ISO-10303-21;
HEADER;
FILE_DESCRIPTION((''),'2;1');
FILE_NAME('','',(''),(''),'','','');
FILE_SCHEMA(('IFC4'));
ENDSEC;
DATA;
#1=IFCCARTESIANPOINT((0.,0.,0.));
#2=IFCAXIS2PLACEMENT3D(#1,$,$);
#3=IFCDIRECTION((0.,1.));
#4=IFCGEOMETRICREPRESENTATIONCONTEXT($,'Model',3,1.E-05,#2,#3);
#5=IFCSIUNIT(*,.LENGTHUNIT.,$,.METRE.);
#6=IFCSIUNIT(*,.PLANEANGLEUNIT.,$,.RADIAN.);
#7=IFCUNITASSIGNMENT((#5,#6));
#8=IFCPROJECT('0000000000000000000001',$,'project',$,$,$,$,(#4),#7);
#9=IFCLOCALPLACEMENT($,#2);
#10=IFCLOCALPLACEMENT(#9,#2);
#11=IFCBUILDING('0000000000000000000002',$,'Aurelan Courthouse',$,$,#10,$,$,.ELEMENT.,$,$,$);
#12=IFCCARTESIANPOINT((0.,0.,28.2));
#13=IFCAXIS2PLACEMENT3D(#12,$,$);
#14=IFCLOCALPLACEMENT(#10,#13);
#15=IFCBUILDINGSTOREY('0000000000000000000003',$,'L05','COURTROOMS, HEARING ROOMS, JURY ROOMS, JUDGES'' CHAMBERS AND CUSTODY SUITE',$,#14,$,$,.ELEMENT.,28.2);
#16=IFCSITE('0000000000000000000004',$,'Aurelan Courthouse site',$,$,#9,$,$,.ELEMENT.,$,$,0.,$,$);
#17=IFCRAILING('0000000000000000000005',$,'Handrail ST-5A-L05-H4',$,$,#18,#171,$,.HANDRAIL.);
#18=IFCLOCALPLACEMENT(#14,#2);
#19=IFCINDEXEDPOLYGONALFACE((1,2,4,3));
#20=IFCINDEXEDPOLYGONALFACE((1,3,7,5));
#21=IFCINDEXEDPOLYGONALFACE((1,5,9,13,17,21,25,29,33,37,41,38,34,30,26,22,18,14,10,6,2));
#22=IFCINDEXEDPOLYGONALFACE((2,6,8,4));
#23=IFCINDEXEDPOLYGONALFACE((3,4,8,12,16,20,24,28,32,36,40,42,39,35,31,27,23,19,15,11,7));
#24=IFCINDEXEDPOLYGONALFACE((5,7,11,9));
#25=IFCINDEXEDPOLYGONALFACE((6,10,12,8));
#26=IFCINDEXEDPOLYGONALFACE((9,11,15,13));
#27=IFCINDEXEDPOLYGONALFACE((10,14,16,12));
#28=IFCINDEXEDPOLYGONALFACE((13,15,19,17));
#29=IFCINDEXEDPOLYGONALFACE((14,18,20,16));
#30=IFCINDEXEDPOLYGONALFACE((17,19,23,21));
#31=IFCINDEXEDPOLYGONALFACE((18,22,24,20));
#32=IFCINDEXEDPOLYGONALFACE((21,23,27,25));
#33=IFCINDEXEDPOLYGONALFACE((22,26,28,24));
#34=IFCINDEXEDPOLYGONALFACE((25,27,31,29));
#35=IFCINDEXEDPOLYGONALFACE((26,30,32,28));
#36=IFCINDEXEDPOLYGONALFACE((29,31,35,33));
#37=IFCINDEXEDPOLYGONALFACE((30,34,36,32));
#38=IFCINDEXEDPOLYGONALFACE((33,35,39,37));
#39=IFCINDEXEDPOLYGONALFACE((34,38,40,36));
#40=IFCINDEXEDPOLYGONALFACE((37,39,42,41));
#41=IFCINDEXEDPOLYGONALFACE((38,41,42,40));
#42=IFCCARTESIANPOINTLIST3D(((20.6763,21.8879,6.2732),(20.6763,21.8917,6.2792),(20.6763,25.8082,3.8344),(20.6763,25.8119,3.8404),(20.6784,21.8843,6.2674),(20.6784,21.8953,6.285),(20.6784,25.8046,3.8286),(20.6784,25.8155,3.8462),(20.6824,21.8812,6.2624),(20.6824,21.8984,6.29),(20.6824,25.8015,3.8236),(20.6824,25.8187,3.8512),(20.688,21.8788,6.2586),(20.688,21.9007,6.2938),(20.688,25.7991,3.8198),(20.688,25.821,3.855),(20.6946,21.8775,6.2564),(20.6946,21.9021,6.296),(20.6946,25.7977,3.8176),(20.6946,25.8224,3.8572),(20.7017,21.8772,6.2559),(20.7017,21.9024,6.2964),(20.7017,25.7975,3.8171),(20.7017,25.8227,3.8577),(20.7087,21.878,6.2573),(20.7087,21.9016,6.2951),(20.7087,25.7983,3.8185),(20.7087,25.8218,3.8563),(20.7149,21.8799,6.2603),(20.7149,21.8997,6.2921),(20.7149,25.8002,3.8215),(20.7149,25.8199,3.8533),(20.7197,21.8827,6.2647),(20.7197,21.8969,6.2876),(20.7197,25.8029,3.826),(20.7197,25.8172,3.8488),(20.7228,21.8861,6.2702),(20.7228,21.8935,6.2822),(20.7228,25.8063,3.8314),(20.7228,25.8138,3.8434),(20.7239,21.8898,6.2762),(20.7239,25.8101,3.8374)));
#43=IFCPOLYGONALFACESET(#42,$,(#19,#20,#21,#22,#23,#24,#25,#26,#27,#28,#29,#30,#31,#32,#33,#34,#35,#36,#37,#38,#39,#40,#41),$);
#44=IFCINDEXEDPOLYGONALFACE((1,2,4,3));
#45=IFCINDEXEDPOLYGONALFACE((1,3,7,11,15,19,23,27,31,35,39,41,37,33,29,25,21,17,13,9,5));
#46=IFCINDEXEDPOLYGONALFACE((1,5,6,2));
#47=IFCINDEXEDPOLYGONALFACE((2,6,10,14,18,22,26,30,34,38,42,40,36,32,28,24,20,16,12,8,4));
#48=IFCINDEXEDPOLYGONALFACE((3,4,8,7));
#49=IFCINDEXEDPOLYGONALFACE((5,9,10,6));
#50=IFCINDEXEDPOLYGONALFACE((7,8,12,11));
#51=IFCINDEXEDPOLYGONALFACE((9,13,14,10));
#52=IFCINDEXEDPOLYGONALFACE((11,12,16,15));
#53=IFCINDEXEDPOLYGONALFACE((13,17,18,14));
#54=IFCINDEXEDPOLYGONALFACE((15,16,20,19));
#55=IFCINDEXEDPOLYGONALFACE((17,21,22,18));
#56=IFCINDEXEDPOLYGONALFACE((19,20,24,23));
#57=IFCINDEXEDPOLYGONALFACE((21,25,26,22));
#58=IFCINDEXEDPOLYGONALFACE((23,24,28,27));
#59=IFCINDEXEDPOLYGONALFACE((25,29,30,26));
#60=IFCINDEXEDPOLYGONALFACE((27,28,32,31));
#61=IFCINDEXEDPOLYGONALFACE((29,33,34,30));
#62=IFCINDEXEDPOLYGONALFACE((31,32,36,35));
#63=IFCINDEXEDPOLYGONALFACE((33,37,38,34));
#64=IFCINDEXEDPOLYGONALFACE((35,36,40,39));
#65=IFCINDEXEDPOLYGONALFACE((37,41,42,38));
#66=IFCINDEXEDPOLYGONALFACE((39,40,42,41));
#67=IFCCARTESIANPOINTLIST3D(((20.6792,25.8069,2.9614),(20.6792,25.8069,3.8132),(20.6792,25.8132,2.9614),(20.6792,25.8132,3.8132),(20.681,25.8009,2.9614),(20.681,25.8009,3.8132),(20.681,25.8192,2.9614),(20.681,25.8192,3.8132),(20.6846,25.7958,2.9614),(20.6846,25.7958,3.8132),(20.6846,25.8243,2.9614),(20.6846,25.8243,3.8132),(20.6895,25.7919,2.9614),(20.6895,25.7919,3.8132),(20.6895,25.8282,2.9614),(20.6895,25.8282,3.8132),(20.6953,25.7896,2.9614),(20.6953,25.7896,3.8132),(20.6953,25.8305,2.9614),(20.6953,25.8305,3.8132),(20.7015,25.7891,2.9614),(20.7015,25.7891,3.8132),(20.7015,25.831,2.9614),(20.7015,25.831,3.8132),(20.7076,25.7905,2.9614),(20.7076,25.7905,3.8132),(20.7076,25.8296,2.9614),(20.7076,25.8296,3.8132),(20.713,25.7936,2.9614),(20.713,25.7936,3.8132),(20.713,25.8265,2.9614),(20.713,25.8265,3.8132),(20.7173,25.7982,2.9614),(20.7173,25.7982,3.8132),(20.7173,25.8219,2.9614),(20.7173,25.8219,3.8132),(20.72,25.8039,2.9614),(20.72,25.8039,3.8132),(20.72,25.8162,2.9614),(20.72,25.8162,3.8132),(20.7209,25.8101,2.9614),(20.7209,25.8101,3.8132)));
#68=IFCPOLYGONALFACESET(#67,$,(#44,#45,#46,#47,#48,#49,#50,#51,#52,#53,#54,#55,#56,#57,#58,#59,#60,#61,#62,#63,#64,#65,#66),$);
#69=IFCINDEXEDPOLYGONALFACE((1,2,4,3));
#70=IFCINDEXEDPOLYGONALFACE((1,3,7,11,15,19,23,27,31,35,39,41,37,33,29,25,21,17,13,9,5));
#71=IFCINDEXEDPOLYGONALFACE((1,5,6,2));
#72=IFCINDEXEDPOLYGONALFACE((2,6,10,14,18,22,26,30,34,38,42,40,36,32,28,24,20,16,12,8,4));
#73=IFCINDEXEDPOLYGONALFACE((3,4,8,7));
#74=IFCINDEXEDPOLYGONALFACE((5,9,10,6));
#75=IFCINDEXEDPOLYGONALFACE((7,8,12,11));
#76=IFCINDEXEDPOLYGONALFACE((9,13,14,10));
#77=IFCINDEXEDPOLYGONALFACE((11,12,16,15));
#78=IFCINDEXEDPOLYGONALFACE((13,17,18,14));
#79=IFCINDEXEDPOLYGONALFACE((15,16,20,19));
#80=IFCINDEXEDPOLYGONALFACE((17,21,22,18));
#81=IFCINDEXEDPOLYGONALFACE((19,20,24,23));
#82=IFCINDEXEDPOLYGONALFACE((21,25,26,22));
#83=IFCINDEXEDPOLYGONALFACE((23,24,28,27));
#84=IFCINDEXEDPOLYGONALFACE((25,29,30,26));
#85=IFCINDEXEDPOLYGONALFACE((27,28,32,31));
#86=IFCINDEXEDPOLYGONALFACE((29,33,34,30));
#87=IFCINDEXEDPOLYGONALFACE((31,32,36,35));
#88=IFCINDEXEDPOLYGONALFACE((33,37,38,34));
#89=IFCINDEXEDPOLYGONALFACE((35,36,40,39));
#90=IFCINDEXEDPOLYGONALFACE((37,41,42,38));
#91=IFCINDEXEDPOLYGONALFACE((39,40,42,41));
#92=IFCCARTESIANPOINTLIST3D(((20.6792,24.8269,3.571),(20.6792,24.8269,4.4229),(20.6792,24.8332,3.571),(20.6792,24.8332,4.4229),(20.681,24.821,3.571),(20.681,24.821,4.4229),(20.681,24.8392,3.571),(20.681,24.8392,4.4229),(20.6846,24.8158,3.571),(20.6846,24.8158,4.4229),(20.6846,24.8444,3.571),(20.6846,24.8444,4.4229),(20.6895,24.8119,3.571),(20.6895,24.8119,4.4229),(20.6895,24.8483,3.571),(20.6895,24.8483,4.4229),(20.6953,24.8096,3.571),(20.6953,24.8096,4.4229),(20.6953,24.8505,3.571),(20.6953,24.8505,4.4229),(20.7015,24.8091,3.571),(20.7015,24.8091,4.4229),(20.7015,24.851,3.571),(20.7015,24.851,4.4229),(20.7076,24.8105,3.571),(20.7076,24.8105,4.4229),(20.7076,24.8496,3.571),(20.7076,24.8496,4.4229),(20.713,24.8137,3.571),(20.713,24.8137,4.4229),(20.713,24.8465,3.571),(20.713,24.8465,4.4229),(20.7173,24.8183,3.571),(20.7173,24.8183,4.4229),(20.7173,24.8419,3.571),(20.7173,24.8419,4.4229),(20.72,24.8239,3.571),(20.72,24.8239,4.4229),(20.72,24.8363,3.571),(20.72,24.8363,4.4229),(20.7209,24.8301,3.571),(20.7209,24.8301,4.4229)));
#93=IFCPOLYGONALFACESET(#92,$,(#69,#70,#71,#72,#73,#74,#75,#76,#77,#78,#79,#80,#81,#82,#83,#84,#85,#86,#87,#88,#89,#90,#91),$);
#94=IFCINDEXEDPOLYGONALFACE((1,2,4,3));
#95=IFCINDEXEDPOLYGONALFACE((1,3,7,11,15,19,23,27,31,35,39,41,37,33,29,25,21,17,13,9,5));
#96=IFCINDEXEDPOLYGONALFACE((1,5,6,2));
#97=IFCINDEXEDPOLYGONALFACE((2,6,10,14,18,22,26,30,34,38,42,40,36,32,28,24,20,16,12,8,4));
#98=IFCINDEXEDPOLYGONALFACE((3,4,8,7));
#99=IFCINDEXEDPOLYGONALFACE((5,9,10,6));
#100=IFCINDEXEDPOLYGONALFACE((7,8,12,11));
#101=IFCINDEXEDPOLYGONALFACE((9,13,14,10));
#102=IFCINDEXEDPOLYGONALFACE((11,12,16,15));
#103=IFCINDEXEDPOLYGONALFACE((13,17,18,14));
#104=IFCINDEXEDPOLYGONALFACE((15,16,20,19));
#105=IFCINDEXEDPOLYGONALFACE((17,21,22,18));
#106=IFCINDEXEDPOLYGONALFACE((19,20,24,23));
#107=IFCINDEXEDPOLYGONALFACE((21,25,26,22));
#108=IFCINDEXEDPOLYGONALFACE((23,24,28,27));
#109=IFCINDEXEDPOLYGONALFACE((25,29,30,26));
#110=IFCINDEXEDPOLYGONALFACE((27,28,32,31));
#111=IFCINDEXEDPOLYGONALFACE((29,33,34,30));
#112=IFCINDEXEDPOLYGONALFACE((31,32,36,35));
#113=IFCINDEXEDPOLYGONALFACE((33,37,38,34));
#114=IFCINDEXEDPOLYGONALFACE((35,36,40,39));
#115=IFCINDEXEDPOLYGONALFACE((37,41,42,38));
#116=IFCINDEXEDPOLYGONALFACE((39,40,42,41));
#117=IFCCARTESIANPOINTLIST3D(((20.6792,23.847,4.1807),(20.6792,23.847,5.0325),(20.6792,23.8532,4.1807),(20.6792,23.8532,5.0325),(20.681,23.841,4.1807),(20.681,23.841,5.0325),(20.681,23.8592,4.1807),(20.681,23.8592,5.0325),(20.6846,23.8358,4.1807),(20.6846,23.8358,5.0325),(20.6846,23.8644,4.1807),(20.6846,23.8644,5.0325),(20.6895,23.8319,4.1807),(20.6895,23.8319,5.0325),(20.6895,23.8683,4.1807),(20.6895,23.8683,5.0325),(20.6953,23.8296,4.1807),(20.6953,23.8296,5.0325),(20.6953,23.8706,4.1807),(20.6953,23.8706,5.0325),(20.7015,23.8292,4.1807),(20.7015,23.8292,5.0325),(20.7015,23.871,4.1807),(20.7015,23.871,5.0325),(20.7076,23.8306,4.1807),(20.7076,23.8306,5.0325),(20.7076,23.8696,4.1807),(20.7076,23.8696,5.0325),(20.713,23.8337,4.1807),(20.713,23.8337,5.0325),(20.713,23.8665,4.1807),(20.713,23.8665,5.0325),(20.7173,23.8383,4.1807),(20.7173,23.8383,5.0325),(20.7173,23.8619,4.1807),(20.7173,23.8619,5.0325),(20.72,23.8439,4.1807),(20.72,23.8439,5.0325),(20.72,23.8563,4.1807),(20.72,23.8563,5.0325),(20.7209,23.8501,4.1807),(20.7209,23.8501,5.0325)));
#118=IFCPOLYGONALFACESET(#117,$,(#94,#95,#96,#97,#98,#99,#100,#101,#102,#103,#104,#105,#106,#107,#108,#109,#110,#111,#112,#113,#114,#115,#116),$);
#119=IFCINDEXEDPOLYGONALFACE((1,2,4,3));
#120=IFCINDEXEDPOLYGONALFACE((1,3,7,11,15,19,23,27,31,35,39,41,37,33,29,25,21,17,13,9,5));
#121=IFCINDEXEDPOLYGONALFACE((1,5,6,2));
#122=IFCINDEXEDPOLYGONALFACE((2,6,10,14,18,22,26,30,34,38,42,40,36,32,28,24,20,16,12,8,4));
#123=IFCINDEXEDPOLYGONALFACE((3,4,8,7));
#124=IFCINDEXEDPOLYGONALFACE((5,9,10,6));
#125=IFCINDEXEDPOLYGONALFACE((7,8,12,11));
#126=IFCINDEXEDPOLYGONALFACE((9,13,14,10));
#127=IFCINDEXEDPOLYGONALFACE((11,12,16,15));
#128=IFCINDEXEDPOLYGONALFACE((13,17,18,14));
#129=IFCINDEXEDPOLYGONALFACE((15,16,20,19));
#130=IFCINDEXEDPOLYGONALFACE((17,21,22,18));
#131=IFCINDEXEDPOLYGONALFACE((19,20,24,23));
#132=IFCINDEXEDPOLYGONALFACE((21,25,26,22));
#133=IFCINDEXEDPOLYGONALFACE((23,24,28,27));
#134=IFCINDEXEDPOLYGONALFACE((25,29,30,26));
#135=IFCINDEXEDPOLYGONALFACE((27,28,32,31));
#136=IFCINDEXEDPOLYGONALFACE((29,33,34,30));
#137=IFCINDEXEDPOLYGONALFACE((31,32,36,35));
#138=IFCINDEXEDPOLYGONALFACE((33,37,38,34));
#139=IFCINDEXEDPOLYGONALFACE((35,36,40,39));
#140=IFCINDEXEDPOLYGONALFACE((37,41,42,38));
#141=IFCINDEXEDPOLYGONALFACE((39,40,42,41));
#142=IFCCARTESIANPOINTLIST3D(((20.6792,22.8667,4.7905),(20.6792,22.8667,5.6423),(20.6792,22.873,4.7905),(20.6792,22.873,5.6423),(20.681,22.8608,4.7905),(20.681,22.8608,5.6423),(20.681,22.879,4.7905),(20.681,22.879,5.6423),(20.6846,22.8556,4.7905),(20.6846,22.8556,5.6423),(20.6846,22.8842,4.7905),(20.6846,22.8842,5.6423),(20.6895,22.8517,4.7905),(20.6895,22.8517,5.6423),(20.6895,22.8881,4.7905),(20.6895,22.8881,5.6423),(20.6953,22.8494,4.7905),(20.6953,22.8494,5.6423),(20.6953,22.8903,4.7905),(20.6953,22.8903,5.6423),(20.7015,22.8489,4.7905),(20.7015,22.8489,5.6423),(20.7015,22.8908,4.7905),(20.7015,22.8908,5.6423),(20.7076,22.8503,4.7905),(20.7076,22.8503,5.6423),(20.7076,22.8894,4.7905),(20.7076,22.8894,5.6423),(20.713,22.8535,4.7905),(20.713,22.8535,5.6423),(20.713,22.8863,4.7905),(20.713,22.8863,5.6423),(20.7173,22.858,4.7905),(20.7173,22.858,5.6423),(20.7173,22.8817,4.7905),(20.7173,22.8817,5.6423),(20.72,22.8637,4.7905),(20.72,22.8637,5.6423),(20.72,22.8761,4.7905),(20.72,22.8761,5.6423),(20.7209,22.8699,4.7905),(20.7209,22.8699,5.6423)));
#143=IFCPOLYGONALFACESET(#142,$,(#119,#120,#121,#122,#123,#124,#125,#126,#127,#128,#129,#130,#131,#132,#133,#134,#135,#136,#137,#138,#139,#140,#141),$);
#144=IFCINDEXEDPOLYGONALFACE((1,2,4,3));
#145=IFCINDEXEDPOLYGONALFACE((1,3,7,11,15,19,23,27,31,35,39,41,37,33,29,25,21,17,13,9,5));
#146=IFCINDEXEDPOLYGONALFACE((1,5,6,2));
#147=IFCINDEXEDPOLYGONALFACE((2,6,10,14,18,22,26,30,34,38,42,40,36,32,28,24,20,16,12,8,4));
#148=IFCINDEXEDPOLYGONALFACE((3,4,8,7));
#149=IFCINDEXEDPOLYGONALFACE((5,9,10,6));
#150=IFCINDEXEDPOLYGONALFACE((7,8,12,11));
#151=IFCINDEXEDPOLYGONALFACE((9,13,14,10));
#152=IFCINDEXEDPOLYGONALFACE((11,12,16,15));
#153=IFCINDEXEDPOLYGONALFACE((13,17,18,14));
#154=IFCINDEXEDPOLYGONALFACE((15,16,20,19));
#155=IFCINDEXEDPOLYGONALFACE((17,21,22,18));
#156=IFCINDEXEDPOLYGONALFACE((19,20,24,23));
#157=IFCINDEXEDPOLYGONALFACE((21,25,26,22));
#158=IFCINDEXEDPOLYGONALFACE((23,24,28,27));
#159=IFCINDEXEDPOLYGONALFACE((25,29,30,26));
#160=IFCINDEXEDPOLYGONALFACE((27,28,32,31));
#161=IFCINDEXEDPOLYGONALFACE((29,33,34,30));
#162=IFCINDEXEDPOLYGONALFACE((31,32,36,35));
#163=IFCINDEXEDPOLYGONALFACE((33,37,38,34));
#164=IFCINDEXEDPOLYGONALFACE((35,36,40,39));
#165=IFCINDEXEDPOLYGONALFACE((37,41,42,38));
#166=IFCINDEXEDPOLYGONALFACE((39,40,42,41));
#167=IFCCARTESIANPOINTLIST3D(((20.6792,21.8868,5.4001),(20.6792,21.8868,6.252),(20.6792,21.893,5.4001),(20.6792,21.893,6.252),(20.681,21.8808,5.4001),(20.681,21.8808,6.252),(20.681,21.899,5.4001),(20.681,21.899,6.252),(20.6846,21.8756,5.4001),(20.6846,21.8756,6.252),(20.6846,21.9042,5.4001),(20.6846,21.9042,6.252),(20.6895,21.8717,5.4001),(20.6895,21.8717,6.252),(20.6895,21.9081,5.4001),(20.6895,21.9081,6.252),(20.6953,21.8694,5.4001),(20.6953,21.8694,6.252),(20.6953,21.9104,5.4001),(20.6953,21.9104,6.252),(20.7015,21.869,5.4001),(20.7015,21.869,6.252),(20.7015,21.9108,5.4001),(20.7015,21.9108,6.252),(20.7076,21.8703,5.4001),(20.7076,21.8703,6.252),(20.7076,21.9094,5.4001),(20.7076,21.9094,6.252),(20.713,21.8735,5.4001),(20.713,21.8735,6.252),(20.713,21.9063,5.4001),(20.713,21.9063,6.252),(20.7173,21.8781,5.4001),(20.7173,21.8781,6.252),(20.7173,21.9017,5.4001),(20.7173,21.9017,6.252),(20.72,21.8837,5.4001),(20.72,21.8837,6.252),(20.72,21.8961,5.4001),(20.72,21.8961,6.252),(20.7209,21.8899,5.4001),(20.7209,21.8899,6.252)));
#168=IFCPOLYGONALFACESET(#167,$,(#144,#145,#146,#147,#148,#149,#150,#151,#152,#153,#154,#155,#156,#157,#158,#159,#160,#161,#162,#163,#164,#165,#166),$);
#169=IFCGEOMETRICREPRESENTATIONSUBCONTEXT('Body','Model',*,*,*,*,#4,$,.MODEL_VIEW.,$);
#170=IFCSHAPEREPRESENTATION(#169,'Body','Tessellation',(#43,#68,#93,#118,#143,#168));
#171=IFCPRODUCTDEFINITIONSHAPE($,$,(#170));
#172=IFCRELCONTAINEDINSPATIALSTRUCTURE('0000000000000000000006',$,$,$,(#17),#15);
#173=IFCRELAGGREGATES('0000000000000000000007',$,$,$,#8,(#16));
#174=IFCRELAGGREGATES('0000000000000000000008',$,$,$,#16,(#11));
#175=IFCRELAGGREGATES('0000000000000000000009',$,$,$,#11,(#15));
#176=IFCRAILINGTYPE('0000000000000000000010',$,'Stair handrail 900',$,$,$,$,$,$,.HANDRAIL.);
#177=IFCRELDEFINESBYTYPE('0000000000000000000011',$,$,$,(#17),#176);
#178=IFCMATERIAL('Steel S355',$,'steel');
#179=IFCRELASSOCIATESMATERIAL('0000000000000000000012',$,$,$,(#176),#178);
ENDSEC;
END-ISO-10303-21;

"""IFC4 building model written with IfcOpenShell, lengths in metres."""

from ifc_helpers import new_model, si_unit, direction, frame, origin, origin_2d, place, context, subcontext, project, spatial, circle, extrude, material, type_object, element, save


model = new_model("IFC4")

# Units and contexts
model_context = context("Model", 3, precision=1e-05, world=origin(), true_north=direction((0.0, 1.0)))
body_context = subcontext(model_context, "Body", "Model", "MODEL_VIEW")
ifc_project = project(units=[si_unit("LENGTHUNIT", "METRE"), si_unit("PLANEANGLEUNIT", "RADIAN")], contexts=[model_context])

# Site, building, storey
site_placement = place(None, origin())
site = spatial("IfcSite", under=ifc_project, at=site_placement, Name="Aurelan Courthouse site", CompositionType="ELEMENT", RefElevation=0.0)
building_placement = place(site_placement, origin())
building = spatial("IfcBuilding", under=site, at=building_placement, Name="Aurelan Courthouse", CompositionType="ELEMENT")
storey_placement = place(building_placement, frame((0.0, 0.0, 28.2)))
storey = spatial("IfcBuildingStorey", under=building, at=storey_placement, Name="L05", Description="COURTROOMS, HEARING ROOMS, JURY ROOMS, JUDGES' CHAMBERS AND CUSTODY SUITE", CompositionType="ELEMENT", Elevation=28.2)

# Railing
ifc_material_1 = material(Name="Steel S355", Category="steel")
railing_type_1 = type_object("IfcRailingType", Name="Stair handrail 900", PredefinedType="HANDRAIL", material=ifc_material_1)
for number, where, name in (
    (1, (20.7, 25.8101, 2.9614), "Handrail ST-5A-L05-H4"),
):
    element("IfcRailing", number, at=place(storey_placement, frame(where)), inside=storey, type_object=railing_type_1, Name=name, PredefinedType="HANDRAIL", context=body_context, shape_type="SweptSolid", body=[
        extrude(circle(Radius=0.0239, at=origin_2d()), frame((0.0, 0.0, 0.876), z_axis=(0.0, -0.849105, 0.528225), x_axis=(1.0, 0.0, 0.0)), (0.0, 0.0, 1.0), 4.6169),
        extrude(circle(Radius=0.021, at=origin_2d()), origin(), (0.0, 0.0, 1.0), 0.8518),
        extrude(circle(Radius=0.021, at=origin_2d()), frame((0.0, -0.98, 0.6096)), (0.0, 0.0, 1.0), 0.8518),
        extrude(circle(Radius=0.021, at=origin_2d()), frame((0.0, -1.96, 1.2192)), (0.0, 0.0, 1.0), 0.8518),
        extrude(circle(Radius=0.021, at=origin_2d()), frame((0.0, -2.9402, 1.8291)), (0.0, 0.0, 1.0), 0.8518),
        extrude(circle(Radius=0.021, at=origin_2d()), frame((0.0, -3.9202, 2.4387)), (0.0, 0.0, 1.0), 0.8518),
    ])

save(model, "model.ifc")
